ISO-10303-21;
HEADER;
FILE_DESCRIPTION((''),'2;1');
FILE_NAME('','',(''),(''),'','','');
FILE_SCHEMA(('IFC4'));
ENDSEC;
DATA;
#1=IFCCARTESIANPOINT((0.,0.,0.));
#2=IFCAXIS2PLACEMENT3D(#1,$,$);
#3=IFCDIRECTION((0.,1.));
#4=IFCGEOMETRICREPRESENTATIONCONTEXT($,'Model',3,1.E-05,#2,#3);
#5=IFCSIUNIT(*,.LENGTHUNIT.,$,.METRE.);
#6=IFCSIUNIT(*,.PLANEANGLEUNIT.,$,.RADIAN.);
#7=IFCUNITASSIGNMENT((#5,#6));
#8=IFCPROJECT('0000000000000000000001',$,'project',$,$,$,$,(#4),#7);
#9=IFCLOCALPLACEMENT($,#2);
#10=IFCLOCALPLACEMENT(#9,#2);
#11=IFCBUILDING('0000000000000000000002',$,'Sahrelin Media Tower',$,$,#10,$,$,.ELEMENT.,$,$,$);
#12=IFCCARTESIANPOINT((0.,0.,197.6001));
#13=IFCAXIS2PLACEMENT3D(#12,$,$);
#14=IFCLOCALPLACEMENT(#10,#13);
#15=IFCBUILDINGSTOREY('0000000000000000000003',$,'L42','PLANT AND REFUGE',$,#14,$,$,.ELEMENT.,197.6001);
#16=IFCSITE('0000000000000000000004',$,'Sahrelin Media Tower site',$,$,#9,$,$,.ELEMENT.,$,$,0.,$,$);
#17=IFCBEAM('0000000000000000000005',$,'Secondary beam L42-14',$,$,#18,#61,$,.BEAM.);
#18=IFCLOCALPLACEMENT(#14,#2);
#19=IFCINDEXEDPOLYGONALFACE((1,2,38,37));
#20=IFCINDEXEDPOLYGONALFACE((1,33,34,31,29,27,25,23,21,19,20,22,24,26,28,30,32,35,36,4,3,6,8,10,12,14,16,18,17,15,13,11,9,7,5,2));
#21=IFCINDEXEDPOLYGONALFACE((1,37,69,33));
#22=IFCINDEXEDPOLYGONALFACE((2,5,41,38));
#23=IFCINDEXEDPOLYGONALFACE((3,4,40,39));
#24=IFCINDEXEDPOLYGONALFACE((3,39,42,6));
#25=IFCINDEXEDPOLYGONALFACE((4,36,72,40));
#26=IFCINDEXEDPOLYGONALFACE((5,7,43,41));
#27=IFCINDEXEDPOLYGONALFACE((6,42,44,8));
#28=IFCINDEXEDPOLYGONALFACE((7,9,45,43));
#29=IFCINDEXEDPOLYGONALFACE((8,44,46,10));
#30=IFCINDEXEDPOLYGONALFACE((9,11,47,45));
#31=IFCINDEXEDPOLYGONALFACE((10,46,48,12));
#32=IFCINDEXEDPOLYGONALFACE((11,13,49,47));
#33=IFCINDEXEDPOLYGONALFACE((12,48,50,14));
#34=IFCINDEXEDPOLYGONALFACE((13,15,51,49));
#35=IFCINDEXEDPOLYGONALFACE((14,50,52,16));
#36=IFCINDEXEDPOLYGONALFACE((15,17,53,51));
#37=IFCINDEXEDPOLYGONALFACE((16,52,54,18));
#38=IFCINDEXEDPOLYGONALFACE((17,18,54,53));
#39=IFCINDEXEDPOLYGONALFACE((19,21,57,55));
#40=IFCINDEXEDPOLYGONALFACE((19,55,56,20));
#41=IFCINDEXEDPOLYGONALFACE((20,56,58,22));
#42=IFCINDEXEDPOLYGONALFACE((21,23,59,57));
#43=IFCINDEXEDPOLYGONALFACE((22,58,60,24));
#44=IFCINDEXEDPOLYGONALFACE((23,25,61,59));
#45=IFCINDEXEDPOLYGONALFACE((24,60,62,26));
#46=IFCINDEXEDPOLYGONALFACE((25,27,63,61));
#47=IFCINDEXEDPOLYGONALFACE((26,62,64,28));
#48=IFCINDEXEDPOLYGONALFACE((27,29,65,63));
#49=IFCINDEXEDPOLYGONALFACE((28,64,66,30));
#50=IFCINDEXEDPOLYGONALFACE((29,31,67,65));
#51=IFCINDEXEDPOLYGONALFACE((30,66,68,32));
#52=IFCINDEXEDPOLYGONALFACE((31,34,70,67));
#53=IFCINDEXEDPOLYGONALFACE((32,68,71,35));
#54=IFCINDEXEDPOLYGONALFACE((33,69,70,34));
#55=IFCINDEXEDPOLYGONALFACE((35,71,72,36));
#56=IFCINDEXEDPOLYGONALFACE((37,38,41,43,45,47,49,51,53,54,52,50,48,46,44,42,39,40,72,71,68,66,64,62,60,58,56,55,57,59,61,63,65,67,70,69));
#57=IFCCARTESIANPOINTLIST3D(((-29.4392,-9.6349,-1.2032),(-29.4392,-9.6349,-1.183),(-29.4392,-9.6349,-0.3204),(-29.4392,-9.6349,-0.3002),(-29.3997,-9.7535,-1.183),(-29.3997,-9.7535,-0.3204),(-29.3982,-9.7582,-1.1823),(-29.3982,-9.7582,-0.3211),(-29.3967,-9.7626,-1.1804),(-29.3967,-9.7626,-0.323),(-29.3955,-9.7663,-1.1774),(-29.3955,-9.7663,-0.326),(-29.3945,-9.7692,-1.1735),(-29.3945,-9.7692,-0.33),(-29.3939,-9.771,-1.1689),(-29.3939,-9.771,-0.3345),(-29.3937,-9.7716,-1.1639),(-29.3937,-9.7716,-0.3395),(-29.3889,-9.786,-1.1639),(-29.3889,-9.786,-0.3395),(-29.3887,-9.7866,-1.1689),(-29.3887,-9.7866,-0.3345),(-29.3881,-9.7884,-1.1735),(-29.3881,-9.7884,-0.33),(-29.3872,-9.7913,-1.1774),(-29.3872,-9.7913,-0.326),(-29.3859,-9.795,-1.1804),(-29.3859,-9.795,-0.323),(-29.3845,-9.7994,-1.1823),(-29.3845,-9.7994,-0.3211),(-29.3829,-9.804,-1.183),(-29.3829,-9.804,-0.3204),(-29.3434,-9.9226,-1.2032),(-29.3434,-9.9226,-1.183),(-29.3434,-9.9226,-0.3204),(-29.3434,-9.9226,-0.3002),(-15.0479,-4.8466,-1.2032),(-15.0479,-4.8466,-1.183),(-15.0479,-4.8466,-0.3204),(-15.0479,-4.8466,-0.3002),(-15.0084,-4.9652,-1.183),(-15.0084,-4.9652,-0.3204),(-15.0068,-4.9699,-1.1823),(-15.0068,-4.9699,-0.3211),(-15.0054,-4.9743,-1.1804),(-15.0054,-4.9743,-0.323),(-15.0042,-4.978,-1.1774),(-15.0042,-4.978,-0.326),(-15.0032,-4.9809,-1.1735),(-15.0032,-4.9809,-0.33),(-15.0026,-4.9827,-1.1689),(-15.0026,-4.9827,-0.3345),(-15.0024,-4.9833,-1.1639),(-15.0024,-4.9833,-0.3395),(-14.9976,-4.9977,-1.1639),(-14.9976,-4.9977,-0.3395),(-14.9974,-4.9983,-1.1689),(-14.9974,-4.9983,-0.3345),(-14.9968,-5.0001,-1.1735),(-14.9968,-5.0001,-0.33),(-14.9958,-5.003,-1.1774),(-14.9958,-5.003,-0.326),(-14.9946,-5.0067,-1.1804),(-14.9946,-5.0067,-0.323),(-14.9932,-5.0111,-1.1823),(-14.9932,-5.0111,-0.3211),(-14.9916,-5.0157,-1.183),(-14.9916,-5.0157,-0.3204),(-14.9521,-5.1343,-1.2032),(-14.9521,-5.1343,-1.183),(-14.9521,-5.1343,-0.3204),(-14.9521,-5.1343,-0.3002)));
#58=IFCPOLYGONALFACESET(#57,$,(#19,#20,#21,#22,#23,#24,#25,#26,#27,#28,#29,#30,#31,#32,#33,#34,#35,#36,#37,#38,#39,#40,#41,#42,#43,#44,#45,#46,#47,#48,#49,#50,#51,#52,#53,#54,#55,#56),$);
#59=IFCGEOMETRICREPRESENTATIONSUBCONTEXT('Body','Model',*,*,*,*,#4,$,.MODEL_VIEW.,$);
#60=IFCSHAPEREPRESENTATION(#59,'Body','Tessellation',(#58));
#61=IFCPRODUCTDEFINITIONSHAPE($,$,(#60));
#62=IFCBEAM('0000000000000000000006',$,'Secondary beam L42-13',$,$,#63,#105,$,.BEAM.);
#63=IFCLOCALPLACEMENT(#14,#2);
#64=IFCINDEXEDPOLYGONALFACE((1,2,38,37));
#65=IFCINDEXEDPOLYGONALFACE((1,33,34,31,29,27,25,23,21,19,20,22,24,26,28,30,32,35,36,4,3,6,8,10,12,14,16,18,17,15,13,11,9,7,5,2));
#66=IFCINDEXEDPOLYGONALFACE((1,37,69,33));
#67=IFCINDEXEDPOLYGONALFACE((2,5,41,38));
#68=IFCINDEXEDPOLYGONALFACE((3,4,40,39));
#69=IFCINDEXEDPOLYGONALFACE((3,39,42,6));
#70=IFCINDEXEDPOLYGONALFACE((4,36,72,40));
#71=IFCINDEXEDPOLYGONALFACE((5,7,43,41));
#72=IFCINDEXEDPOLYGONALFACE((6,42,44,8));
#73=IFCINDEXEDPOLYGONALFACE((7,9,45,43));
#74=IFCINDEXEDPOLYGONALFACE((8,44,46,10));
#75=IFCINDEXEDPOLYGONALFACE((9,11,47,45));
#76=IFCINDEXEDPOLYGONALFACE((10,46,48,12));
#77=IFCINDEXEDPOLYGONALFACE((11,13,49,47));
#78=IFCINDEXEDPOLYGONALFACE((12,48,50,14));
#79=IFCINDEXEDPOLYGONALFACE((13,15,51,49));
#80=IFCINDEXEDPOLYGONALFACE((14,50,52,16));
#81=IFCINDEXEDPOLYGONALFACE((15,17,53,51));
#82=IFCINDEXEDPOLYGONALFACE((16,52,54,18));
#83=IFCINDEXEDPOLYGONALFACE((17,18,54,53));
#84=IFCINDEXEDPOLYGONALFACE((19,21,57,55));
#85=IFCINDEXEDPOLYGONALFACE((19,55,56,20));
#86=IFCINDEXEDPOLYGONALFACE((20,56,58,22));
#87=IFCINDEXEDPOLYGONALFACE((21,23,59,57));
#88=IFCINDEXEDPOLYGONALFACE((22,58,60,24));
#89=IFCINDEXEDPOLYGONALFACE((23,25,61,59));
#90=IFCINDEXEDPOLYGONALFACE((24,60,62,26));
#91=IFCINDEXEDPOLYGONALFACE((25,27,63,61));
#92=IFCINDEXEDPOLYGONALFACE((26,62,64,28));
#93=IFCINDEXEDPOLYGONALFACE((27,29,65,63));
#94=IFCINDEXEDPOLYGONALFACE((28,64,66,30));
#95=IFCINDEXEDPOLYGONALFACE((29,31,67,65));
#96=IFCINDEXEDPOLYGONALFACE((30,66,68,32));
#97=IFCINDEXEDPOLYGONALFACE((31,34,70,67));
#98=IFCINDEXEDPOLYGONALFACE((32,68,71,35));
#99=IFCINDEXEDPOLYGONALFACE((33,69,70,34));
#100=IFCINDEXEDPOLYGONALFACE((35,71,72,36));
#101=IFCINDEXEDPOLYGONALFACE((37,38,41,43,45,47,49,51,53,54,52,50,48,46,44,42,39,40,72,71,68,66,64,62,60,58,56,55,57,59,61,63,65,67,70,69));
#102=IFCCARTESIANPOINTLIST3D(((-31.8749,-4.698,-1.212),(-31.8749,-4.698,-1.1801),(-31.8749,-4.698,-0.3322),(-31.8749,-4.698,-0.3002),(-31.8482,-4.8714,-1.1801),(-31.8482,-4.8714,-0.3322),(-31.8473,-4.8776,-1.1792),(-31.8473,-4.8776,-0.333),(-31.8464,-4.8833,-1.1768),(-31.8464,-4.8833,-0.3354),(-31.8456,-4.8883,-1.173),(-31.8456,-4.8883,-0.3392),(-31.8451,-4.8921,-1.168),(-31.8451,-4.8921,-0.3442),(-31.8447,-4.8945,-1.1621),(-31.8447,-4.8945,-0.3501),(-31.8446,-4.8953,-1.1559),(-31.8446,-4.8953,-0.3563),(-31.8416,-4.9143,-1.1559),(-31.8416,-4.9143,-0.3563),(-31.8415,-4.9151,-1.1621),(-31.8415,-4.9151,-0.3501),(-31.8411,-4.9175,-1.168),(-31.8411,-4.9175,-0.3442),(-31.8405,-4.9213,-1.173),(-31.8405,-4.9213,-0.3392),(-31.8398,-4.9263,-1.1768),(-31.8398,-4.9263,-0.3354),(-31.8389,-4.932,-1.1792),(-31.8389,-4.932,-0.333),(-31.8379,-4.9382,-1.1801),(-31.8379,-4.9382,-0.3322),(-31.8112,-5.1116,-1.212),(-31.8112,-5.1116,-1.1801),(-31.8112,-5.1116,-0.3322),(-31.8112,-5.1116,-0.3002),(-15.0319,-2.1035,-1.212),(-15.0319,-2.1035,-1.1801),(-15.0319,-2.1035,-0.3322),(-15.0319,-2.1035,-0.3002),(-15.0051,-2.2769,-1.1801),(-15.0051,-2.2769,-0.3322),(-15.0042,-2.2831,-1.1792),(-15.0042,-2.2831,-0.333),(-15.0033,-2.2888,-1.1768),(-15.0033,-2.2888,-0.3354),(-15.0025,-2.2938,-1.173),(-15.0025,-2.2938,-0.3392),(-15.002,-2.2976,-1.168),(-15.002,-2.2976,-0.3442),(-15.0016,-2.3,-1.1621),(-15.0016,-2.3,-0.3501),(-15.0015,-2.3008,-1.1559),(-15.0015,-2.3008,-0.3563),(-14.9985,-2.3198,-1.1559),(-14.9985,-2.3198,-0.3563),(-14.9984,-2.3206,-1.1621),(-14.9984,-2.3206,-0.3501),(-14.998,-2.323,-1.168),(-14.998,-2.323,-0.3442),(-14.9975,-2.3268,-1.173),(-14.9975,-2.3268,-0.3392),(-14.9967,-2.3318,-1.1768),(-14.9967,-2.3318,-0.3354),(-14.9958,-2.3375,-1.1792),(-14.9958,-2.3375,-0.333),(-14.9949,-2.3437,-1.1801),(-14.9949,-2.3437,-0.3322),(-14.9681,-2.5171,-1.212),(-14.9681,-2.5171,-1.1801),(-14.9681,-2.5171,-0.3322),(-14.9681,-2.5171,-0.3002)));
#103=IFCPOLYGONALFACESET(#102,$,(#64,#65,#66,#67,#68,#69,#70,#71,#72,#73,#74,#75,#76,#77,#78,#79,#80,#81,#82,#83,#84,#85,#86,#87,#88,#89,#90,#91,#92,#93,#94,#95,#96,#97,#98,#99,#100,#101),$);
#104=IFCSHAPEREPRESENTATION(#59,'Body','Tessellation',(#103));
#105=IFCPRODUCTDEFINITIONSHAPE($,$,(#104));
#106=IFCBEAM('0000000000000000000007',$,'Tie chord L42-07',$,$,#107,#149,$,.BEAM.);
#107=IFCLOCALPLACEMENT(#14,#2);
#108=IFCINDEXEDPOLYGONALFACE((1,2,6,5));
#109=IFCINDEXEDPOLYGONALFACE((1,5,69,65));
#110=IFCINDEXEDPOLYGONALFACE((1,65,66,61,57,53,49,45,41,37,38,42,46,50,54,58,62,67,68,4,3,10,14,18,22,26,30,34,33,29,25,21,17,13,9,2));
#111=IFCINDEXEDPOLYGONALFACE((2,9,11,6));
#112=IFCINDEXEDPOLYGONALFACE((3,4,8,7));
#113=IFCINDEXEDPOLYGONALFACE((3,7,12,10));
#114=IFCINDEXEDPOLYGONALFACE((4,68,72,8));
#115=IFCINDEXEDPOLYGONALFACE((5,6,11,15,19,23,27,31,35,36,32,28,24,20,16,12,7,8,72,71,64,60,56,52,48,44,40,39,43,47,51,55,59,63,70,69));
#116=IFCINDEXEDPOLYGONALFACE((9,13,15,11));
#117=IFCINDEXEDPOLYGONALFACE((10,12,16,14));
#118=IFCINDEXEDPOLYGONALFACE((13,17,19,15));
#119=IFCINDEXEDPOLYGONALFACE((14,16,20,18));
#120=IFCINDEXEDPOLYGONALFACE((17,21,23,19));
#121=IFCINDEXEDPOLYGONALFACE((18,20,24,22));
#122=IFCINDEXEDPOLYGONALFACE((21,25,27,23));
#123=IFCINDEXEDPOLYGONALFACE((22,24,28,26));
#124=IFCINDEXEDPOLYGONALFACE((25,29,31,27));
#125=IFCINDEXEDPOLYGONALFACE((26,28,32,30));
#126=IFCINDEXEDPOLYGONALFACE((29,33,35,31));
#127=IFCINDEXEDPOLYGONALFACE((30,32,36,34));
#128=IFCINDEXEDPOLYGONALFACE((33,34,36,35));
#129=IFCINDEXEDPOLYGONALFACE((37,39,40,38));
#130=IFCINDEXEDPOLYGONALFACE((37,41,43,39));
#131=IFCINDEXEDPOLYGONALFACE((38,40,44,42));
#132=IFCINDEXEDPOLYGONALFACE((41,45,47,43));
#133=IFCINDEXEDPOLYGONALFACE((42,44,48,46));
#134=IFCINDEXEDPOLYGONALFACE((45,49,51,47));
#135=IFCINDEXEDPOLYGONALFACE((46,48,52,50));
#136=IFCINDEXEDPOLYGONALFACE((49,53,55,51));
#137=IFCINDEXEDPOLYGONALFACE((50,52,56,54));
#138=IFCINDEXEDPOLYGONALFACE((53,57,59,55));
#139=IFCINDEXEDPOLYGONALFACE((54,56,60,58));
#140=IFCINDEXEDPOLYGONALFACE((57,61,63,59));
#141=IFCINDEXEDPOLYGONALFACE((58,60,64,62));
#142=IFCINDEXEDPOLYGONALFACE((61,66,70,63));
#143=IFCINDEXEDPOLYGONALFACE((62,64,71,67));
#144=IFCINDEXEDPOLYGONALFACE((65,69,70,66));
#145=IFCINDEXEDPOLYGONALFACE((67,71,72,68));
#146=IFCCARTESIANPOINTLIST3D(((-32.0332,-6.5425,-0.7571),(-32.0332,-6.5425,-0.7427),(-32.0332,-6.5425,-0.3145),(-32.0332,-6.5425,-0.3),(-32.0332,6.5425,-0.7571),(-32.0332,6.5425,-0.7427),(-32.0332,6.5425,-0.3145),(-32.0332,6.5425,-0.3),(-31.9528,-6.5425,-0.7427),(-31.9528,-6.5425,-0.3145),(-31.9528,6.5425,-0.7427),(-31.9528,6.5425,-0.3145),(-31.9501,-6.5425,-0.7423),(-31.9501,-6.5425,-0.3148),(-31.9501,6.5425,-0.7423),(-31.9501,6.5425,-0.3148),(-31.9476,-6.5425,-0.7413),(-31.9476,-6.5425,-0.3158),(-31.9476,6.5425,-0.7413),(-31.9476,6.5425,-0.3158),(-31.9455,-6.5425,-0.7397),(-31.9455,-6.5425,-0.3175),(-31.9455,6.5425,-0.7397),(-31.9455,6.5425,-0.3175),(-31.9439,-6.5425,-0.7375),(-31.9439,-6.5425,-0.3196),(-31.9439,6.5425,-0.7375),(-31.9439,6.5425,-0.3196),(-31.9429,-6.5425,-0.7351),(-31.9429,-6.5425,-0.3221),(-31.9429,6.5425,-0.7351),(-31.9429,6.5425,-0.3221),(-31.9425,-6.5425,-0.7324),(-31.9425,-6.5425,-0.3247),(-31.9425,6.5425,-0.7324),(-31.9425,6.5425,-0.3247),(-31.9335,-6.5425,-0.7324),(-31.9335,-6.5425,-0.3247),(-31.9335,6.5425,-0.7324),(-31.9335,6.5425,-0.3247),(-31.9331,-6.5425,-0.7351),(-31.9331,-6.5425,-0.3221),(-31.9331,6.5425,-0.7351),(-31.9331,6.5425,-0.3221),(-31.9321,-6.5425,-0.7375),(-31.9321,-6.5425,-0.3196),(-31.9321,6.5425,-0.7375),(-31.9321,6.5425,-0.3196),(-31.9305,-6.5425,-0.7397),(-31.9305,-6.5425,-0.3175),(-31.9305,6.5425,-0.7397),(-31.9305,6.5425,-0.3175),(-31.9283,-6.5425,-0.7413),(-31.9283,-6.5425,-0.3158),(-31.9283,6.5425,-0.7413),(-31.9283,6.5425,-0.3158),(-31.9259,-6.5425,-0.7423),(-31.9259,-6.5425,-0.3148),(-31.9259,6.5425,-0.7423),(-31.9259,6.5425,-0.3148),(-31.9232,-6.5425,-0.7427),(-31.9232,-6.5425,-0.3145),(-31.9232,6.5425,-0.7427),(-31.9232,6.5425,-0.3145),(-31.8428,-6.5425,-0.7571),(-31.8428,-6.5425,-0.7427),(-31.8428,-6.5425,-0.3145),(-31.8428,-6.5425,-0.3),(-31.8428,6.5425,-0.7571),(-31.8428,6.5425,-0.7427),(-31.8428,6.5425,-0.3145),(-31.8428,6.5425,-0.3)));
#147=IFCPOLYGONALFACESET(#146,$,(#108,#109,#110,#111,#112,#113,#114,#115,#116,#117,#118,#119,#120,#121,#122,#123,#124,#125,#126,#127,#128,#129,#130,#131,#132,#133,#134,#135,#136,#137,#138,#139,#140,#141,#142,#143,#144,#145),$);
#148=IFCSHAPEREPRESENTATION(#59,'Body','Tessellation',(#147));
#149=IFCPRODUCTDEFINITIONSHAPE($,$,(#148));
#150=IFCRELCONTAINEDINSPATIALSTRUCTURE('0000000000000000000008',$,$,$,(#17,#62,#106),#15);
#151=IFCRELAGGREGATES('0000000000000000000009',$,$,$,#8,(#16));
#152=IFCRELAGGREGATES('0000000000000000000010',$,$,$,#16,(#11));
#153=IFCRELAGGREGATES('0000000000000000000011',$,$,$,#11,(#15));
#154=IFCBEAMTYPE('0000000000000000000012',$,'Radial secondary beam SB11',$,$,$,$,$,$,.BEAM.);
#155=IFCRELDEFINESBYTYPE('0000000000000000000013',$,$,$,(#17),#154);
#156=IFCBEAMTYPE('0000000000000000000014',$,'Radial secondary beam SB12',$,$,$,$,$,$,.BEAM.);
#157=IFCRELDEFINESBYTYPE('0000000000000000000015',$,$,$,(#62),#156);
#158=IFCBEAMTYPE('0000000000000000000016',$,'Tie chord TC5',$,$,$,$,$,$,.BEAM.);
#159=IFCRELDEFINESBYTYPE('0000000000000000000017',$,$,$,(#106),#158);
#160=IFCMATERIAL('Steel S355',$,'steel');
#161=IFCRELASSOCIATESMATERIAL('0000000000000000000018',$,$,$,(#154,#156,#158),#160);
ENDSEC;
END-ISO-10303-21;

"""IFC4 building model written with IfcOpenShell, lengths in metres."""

from ifc_helpers import new_model, si_unit, direction, frame, origin, origin_2d, place, context, subcontext, project, spatial, i_section, extrude, material, material_profile, profile_set, type_object, element, save


model = new_model("IFC4")

# Units and contexts
model_context = context("Model", 3, precision=1e-05, world=origin(), true_north=direction((0.0, 1.0)))
body_context = subcontext(model_context, "Body", "Model", "MODEL_VIEW")
ifc_project = project(units=[si_unit("LENGTHUNIT", "METRE"), si_unit("PLANEANGLEUNIT", "RADIAN")], contexts=[model_context])

# Site, building, storey
site_placement = place(None, origin())
site = spatial("IfcSite", under=ifc_project, at=site_placement, Name="Sahrelin Media Tower site", CompositionType="ELEMENT", RefElevation=0.0)
building_placement = place(site_placement, origin())
building = spatial("IfcBuilding", under=site, at=building_placement, Name="Sahrelin Media Tower", CompositionType="ELEMENT")
storey_placement = place(building_placement, frame((0.0, 0.0, 197.6001)))
storey = spatial("IfcBuildingStorey", under=building, at=storey_placement, Name="L42", Description="PLANT AND REFUGE", CompositionType="ELEMENT", Elevation=197.6001)

# Beams
ifc_material_1 = material(Name="Steel S355", Category="steel")
ifc_material_profile_1 = material_profile(ifc_material_1, i_section(OverallWidth=0.3032, OverallDepth=0.9031, WebThickness=0.0151, FlangeThickness=0.0203, FilletRadius=0.019, at=origin_2d()), Name="UB 914x305x201")
ifc_profile_set_1 = profile_set([ifc_material_profile_1], Name="Steel S355")
beam_type_1 = type_object("IfcBeamType", Name="Radial secondary beam SB11", PredefinedType="BEAM", material=ifc_profile_set_1)
beam_1_placement = place(storey_placement, frame((-15.0, -4.9905, -0.7517), z_axis=(-0.948857, -0.315706, 0.0), x_axis=(0.315706, -0.948857, 0.0)))
element("IfcBeam", 1, at=beam_1_placement, inside=storey, type_object=beam_type_1, Name="Secondary beam L42-14", PredefinedType="BEAM", context=body_context, shape_type="SweptSolid", body=[
    extrude(i_section(OverallWidth=0.3032, OverallDepth=0.9031, WebThickness=0.0151, FlangeThickness=0.0203, FilletRadius=0.019, at=origin_2d()), origin(), (0.0, 0.0, 1.0), 15.167),
])
ifc_material_profile_2 = material_profile(ifc_material_1, i_section(OverallWidth=0.4185, OverallDepth=0.9119, WebThickness=0.0193, FlangeThickness=0.032, FilletRadius=0.0242, at=origin_2d()), Name="UB 914x419x343")
ifc_profile_set_2 = profile_set([ifc_material_profile_2], Name="Steel S355")
beam_type_2 = type_object("IfcBeamType", Name="Radial secondary beam SB12", PredefinedType="BEAM", material=ifc_profile_set_2)
beam_2_placement = place(storey_placement, frame((-15.0, -2.3103, -0.7561), z_axis=(-0.988343, -0.152243, 0.0), x_axis=(0.152243, -0.988343, 0.0)))
element("IfcBeam", 2, at=beam_2_placement, inside=storey, type_object=beam_type_2, Name="Secondary beam L42-13", PredefinedType="BEAM", context=body_context, shape_type="SweptSolid", body=[
    extrude(i_section(OverallWidth=0.4185, OverallDepth=0.9119, WebThickness=0.0193, FlangeThickness=0.032, FilletRadius=0.0242, at=origin_2d()), origin(), (0.0, 0.0, 1.0), 17.0417),
])
ifc_material_profile_3 = material_profile(ifc_material_1, i_section(OverallWidth=0.1904, OverallDepth=0.457, WebThickness=0.009, FlangeThickness=0.0144, FilletRadius=0.0103, at=origin_2d()), Name="UB 457x191x74")
ifc_profile_set_3 = profile_set([ifc_material_profile_3], Name="Steel S355")
beam_type_3 = type_object("IfcBeamType", Name="Tie chord TC5", PredefinedType="BEAM", material=ifc_profile_set_3)
beam_3_placement = place(storey_placement, frame((-31.938, -6.5425, -0.5286), z_axis=(0.0, 1.0, 0.0), x_axis=(-1.0, 0.0, 0.0)))
element("IfcBeam", 3, at=beam_3_placement, inside=storey, type_object=beam_type_3, Name="Tie chord L42-07", PredefinedType="BEAM", context=body_context, shape_type="SweptSolid", body=[
    extrude(i_section(OverallWidth=0.1904, OverallDepth=0.457, WebThickness=0.009, FlangeThickness=0.0144, FilletRadius=0.0103, at=origin_2d()), origin(), (0.0, 0.0, 1.0), 13.085),
])

save(model, "model.ifc")
